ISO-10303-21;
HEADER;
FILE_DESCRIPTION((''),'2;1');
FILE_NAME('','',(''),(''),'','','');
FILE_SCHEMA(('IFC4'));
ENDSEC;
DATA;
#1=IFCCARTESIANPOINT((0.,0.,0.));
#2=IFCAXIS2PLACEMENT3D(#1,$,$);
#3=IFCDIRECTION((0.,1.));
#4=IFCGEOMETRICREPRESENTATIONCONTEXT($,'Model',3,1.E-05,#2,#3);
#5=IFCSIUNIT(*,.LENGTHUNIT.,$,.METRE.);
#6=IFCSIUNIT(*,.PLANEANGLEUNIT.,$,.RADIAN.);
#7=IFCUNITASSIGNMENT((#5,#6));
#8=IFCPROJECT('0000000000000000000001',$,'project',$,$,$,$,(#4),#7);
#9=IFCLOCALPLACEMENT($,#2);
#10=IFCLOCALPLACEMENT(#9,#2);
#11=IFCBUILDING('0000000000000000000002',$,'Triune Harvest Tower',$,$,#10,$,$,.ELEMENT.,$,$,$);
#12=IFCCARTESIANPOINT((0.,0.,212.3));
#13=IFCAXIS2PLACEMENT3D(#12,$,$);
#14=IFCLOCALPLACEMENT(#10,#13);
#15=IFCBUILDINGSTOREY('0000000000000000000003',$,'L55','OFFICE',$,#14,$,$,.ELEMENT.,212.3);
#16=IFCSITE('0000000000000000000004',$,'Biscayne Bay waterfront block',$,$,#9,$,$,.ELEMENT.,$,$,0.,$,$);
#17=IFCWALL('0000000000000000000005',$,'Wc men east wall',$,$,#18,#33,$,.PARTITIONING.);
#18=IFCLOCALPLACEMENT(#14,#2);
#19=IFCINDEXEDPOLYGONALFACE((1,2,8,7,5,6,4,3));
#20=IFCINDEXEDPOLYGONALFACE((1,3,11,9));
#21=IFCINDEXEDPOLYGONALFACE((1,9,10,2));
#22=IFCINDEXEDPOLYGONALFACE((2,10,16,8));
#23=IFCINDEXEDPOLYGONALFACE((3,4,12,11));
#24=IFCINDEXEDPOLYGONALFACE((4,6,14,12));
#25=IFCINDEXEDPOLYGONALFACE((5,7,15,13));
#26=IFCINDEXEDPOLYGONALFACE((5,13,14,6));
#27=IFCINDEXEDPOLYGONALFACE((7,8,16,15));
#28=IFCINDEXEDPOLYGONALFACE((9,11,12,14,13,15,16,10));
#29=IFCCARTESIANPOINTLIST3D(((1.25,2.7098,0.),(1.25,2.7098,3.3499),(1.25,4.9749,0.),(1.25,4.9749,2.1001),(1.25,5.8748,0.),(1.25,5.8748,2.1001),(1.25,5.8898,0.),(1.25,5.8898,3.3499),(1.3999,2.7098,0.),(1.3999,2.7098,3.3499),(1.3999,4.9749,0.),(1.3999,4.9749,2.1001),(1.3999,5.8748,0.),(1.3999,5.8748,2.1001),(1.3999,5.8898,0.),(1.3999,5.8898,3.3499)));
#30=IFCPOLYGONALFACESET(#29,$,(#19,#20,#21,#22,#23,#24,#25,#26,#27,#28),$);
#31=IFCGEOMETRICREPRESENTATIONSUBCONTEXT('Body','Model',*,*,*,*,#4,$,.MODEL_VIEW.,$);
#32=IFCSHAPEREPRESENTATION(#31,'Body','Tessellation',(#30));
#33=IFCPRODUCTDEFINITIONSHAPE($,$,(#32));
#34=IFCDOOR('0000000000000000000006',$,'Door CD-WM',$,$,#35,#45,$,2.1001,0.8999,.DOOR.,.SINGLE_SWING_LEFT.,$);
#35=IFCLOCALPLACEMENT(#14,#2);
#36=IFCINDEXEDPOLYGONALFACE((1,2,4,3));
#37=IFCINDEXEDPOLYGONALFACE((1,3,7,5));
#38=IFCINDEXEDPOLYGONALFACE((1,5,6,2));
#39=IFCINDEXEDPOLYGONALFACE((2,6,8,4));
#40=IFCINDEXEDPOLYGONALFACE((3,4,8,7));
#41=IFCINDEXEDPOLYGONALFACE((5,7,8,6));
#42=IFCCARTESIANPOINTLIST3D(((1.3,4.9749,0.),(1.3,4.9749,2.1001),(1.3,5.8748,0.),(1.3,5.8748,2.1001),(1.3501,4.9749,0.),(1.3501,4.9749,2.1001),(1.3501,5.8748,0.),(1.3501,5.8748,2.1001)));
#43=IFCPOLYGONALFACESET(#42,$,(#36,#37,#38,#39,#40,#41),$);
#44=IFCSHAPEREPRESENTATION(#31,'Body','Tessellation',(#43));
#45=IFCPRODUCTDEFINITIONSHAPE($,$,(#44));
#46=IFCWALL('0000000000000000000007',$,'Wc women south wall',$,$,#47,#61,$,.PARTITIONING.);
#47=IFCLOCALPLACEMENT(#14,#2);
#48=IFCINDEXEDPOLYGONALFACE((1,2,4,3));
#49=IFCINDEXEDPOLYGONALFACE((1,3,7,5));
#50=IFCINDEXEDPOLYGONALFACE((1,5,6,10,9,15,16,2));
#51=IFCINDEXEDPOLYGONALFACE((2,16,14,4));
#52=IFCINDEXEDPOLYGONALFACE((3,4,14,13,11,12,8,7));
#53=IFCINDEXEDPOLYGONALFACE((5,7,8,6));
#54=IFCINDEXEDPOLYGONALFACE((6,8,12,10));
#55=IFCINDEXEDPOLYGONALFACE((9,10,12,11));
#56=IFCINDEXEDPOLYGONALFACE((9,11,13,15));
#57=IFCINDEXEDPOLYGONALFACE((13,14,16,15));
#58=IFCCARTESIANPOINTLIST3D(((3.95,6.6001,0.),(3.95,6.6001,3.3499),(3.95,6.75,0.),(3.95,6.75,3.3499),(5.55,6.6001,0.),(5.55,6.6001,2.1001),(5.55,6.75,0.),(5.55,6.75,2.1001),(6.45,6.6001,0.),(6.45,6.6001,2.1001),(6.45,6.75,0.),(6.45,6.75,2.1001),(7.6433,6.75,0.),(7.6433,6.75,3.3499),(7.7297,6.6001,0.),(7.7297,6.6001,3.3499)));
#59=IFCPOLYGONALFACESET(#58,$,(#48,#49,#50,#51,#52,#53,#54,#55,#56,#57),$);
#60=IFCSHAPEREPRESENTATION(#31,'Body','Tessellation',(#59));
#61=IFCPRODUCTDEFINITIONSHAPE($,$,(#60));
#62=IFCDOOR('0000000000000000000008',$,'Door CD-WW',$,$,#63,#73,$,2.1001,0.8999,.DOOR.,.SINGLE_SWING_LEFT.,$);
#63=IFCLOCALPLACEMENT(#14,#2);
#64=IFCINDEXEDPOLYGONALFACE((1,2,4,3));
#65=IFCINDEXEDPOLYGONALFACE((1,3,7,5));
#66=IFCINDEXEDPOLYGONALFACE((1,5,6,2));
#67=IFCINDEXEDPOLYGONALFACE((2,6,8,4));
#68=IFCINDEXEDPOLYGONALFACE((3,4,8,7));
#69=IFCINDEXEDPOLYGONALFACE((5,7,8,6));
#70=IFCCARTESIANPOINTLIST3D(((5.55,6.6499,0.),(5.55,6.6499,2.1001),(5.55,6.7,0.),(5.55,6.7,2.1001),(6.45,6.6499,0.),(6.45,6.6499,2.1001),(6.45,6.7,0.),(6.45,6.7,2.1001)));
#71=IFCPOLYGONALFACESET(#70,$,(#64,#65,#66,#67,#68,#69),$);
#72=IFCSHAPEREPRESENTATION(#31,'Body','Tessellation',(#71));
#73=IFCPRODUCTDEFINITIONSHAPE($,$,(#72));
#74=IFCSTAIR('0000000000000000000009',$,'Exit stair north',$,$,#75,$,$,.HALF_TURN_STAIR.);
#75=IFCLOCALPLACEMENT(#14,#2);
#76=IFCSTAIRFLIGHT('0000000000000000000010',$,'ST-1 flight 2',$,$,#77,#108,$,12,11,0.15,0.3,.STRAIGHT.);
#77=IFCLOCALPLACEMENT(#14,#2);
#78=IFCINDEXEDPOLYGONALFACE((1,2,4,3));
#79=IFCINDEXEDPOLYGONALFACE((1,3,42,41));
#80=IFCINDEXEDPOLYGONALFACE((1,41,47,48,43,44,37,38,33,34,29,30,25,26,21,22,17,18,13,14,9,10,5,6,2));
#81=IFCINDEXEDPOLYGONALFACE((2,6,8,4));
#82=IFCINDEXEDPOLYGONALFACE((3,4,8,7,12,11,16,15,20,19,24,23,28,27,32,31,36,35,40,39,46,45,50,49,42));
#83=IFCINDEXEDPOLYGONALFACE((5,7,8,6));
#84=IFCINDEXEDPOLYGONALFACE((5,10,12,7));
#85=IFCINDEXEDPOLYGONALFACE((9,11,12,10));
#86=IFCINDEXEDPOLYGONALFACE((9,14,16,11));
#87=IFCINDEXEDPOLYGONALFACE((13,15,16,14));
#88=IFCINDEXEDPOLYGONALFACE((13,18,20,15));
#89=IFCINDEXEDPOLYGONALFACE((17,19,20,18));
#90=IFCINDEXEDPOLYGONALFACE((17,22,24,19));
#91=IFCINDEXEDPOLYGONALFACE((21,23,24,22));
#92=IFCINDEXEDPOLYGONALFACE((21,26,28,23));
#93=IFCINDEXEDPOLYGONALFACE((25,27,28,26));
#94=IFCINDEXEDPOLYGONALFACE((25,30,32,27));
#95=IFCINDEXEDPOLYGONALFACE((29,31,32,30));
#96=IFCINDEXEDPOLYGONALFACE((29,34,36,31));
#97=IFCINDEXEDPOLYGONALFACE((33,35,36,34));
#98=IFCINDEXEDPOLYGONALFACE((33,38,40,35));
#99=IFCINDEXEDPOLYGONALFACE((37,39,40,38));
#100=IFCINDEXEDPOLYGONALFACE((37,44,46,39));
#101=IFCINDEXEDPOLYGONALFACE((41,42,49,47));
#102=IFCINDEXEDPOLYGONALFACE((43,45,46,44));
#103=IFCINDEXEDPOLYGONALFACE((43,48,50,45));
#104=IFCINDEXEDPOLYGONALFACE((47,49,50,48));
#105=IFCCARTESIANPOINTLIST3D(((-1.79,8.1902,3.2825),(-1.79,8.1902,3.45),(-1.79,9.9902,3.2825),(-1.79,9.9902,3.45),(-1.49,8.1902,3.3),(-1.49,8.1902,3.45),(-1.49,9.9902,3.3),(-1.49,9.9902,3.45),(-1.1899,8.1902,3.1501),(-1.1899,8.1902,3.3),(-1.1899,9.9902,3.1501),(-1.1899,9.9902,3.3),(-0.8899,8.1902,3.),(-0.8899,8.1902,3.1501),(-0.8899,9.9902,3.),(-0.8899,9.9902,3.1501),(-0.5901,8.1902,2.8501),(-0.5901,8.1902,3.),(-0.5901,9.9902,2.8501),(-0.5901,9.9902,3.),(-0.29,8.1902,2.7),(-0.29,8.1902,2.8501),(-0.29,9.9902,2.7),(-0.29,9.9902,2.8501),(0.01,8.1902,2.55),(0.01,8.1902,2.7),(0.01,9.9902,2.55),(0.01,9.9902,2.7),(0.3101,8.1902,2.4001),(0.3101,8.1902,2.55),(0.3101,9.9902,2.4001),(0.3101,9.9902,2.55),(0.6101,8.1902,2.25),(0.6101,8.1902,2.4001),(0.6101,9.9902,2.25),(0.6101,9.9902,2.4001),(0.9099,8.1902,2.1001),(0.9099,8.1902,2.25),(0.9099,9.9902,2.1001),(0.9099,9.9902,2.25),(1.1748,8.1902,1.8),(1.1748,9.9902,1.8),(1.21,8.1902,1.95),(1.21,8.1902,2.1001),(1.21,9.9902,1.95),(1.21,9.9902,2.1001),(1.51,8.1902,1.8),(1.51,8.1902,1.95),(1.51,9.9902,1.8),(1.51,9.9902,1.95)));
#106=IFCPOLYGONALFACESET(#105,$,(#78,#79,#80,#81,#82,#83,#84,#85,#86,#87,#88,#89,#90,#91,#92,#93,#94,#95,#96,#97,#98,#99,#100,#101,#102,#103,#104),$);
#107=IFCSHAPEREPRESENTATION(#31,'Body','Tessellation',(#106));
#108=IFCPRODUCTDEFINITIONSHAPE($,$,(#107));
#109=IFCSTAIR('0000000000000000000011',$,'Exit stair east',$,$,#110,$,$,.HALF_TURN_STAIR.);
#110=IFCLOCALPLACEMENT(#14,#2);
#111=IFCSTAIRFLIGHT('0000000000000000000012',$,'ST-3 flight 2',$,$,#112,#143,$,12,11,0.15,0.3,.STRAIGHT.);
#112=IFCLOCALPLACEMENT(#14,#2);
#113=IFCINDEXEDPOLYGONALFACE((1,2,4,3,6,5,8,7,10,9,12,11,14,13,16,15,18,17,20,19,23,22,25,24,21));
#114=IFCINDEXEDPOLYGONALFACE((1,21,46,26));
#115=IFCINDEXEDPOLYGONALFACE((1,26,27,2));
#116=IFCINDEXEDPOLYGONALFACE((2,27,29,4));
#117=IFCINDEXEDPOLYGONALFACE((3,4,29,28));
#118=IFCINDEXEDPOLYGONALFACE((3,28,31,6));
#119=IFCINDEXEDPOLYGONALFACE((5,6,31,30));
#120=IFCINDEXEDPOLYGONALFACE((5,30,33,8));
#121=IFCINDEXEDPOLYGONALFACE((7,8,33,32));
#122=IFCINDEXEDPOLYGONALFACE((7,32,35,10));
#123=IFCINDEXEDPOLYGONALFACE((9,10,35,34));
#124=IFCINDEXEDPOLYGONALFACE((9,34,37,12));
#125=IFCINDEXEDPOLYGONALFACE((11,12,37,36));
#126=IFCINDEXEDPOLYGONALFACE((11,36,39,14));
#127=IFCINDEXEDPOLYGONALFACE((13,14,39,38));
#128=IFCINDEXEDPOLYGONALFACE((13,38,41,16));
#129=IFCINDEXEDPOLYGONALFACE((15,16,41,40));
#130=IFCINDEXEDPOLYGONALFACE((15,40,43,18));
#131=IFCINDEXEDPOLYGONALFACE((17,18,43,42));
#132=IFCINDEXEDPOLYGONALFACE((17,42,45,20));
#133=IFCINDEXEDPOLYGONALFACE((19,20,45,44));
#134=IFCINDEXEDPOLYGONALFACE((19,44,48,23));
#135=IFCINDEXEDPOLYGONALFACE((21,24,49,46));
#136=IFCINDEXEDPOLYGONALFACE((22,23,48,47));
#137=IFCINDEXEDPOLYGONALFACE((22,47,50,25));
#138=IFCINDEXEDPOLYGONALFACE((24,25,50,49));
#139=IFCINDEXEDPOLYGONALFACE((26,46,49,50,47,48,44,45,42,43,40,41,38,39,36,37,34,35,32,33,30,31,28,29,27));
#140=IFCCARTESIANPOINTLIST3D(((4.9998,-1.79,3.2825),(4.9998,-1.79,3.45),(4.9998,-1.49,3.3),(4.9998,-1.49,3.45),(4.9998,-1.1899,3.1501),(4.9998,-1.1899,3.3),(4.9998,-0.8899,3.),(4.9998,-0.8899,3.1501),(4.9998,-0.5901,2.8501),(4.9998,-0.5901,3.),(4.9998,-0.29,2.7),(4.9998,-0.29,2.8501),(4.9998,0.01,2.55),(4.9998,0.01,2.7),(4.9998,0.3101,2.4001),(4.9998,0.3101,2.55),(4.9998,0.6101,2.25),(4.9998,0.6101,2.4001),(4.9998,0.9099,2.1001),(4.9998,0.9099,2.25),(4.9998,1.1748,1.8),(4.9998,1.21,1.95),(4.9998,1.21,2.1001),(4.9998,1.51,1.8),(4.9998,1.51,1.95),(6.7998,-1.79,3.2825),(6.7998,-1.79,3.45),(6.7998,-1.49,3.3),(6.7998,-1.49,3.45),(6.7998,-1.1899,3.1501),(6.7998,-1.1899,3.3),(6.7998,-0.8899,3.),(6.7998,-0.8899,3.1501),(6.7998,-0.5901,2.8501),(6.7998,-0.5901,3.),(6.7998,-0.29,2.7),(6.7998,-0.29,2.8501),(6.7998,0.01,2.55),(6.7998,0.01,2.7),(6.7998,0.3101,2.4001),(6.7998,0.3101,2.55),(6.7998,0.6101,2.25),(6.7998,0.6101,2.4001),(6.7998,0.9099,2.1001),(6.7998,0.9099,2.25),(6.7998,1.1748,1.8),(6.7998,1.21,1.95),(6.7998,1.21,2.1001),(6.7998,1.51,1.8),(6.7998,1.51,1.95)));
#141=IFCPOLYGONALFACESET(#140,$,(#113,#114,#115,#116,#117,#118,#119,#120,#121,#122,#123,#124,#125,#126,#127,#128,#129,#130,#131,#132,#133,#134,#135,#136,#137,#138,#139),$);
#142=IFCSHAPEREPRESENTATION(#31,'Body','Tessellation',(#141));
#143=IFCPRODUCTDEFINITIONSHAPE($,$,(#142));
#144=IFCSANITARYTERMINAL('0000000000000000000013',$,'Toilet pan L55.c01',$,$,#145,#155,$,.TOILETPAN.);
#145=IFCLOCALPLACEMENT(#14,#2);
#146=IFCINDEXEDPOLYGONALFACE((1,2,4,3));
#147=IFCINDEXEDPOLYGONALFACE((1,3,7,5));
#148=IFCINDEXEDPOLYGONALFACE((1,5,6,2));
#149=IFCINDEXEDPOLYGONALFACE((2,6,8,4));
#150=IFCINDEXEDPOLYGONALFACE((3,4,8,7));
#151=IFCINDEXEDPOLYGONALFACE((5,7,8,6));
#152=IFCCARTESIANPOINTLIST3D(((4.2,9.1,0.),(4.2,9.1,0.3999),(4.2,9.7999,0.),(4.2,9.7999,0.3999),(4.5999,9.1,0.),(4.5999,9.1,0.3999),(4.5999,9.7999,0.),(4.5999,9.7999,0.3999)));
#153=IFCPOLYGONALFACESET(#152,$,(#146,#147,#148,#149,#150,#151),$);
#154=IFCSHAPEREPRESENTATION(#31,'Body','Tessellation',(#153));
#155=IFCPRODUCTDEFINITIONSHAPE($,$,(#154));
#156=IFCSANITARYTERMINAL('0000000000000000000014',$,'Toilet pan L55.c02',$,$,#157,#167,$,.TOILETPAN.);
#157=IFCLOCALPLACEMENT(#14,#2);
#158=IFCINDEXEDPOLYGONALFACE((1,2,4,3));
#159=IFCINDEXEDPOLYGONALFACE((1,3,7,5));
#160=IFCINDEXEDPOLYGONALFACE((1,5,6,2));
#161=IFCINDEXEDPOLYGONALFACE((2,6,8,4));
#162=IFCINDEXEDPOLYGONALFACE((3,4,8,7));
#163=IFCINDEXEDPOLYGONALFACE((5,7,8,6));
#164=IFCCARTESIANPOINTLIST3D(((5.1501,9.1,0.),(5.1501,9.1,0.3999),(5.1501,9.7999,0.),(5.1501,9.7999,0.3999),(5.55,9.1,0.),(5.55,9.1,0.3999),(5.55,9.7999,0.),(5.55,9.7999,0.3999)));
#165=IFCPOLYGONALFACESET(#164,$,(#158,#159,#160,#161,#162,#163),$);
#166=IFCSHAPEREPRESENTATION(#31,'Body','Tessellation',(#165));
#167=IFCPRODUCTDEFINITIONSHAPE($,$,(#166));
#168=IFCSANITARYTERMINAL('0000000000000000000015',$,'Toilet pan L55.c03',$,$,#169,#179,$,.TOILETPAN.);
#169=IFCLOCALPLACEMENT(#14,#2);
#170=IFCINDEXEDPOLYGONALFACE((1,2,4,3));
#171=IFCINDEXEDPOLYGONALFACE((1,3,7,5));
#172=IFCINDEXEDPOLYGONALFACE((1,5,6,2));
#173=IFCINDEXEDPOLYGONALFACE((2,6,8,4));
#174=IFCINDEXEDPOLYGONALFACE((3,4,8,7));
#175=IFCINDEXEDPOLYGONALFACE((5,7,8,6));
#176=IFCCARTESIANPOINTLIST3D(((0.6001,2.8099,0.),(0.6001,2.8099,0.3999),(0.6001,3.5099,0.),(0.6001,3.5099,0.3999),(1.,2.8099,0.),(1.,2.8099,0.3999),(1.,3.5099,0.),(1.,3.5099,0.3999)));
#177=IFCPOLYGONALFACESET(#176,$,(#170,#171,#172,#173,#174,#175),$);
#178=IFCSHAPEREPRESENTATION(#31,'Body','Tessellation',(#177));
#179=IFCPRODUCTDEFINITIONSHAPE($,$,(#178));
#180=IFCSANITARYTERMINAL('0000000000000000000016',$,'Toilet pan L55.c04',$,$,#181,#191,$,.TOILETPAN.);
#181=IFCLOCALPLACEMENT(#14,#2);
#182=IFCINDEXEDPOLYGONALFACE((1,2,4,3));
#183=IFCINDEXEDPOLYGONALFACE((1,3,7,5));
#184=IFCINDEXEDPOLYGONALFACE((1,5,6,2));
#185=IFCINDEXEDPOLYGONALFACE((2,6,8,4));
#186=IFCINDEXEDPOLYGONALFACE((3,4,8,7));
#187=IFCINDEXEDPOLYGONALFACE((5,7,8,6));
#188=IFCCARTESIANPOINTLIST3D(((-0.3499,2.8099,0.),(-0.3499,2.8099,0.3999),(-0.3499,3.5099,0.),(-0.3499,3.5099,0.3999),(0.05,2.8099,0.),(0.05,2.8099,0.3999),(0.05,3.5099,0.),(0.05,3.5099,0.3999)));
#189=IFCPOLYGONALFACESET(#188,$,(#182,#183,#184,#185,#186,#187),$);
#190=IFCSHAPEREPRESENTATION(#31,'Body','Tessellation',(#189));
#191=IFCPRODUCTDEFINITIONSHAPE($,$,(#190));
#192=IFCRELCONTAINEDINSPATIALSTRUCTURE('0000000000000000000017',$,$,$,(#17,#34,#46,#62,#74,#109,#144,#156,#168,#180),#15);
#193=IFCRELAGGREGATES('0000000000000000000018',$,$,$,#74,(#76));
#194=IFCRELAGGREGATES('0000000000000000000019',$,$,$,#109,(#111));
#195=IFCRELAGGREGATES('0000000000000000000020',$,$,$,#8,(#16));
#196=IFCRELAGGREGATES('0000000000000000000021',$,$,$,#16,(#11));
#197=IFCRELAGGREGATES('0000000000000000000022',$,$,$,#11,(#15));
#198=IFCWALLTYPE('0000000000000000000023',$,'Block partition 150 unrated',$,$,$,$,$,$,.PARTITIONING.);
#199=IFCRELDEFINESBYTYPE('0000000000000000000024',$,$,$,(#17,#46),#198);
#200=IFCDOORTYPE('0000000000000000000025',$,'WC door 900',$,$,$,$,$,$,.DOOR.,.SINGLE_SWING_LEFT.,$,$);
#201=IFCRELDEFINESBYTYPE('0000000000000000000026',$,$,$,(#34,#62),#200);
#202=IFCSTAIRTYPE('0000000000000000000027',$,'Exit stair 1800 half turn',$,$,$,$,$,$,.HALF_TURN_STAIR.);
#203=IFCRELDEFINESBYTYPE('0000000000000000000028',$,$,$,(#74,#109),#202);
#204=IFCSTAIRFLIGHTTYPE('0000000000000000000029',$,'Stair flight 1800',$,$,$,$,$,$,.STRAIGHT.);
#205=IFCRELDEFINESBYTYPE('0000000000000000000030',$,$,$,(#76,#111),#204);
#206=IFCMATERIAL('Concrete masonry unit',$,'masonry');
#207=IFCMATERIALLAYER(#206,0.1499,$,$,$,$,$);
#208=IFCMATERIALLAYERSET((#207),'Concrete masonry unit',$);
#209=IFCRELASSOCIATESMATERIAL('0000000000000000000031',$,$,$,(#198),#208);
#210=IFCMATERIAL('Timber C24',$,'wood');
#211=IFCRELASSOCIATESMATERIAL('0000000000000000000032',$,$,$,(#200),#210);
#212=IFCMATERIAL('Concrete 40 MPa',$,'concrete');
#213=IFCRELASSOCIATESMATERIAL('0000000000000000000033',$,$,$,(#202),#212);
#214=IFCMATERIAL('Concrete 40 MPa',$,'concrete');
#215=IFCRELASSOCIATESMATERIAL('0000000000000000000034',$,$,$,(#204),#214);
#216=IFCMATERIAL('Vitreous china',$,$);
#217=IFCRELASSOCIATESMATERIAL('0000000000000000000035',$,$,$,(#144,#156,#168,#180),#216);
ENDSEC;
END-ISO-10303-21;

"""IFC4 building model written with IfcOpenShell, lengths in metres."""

from ifc_helpers import new_model, si_unit, direction, frame, frame_2d, origin, origin_2d, place, context, subcontext, project, spatial, polyline, rectangle, outline, extrude, source, transform, mapped, material, layer, layer_set, type_object, element, fill, aggregate, save


model = new_model("IFC4")

# Units and contexts
model_context = context("Model", 3, precision=1e-05, world=origin(), true_north=direction((0.0, 1.0)))
body_context = subcontext(model_context, "Body", "Model", "MODEL_VIEW")
ifc_project = project(units=[si_unit("LENGTHUNIT", "METRE"), si_unit("PLANEANGLEUNIT", "RADIAN")], contexts=[model_context])

# Site, building, storey
site_placement = place(None, origin())
site = spatial("IfcSite", under=ifc_project, at=site_placement, Name="Biscayne Bay waterfront block", CompositionType="ELEMENT", RefElevation=0.0)
building_placement = place(site_placement, origin())
building = spatial("IfcBuilding", under=site, at=building_placement, Name="Triune Harvest Tower", CompositionType="ELEMENT")
storey_placement = place(building_placement, frame((0.0, 0.0, 212.3)))
storey = spatial("IfcBuildingStorey", under=building, at=storey_placement, Name="L55", Description="OFFICE", CompositionType="ELEMENT", Elevation=212.3)

# Walls, openings, doors
ifc_material_1 = material(Name="Concrete masonry unit", Category="masonry")
ifc_layer_1 = layer(ifc_material_1, 0.1499)
ifc_layer_set_1 = layer_set([ifc_layer_1], Name="Concrete masonry unit")
wall_type_1 = type_object("IfcWallType", Name="Block partition 150 unrated", PredefinedType="PARTITIONING", material=ifc_layer_set_1)
shared_shape_1 = source(origin(), body_context, "Body", "SweptSolid", [
    extrude(rectangle(XDim=3.1799, YDim=0.1499, at=frame_2d((1.5898, 0.0))), origin(), (0.0, 0.0, 1.0), 3.3499),
])
wall_1_placement = place(storey_placement, frame((1.325, 2.71, 0.0), z_axis=(0.0, 0.0, 1.0), x_axis=(0.0, 1.0, 0.0)))
wall_1 = element("IfcWall", 1, at=wall_1_placement, inside=storey, type_object=wall_type_1, Name="Wc men east wall", PredefinedType="PARTITIONING", context=body_context, shape_type="MappedRepresentation", body=[
    mapped(shared_shape_1, transform((0.0, 0.0, 0.0), scale=1.0)),
])
opening_1_placement = place(wall_1_placement, frame((2.2649, 0.0, 0.0)))
opening_1 = element("IfcOpeningElement", 2, at=opening_1_placement, cuts=wall_1, PredefinedType="OPENING", context=body_context, shape_type="SweptSolid", body=[
    extrude(rectangle(XDim=0.8999, YDim=2.1001, at=frame_2d((0.45, 1.05))), frame((0.0, 0.085, 0.0), z_axis=(0.0, -1.0, 0.0), x_axis=(1.0, 0.0, 0.0)), (0.0, 0.0, 1.0), 0.1699),
])
ifc_material_2 = material(Name="Timber C24", Category="wood")
door_type_1 = type_object("IfcDoorType", Name="WC door 900", OperationType="SINGLE_SWING_LEFT", PredefinedType="DOOR", material=ifc_material_2)
door_1_placement = place(opening_1_placement, origin())
door_1 = element("IfcDoor", 3, at=door_1_placement, inside=storey, type_object=door_type_1, Name="Door CD-WM", OperationType="SINGLE_SWING_LEFT", OverallHeight=2.1001, OverallWidth=0.8999, PredefinedType="DOOR", context=body_context, shape_type="SweptSolid", body=[
    extrude(rectangle(XDim=0.8999, YDim=2.1001, at=frame_2d((0.45, 1.05))), frame((0.0, 0.0249, 0.0), z_axis=(0.0, -1.0, 0.0), x_axis=(1.0, 0.0, 0.0)), (0.0, 0.0, 1.0), 0.05),
])
fill(opening_1, door_1)
shared_shape_2 = source(origin(), body_context, "Body", "SweptSolid", [
    extrude(outline(polyline([(0.0, -0.075), (0.0, 0.075), (3.6934, 0.075), (3.7798, -0.075), (0.0, -0.075)])), origin(), (0.0, 0.0, 1.0), 3.3499),
])
wall_2_placement = place(storey_placement, frame((3.95, 6.675, 0.0), z_axis=(0.0, 0.0, 1.0), x_axis=(1.0, 0.0, 0.0)))
wall_2 = element("IfcWall", 4, at=wall_2_placement, inside=storey, type_object=wall_type_1, Name="Wc women south wall", PredefinedType="PARTITIONING", context=body_context, shape_type="MappedRepresentation", body=[
    mapped(shared_shape_2, transform((0.0, 0.0, 0.0), scale=1.0)),
])
opening_2_placement = place(wall_2_placement, frame((1.6001, 0.0, 0.0)))
opening_2 = element("IfcOpeningElement", 5, at=opening_2_placement, cuts=wall_2, PredefinedType="OPENING", context=body_context, shape_type="SweptSolid", body=[
    extrude(rectangle(XDim=0.8999, YDim=2.1001, at=frame_2d((0.45, 1.05))), frame((0.0, 0.085, 0.0), z_axis=(0.0, -1.0, 0.0), x_axis=(1.0, 0.0, 0.0)), (0.0, 0.0, 1.0), 0.1699),
])
door_2_placement = place(opening_2_placement, origin())
door_2 = element("IfcDoor", 6, at=door_2_placement, inside=storey, type_object=door_type_1, Name="Door CD-WW", OperationType="SINGLE_SWING_LEFT", OverallHeight=2.1001, OverallWidth=0.8999, PredefinedType="DOOR", context=body_context, shape_type="SweptSolid", body=[
    extrude(rectangle(XDim=0.8999, YDim=2.1001, at=frame_2d((0.45, 1.05))), frame((0.0, 0.0249, 0.0), z_axis=(0.0, -1.0, 0.0), x_axis=(1.0, 0.0, 0.0)), (0.0, 0.0, 1.0), 0.05),
])
fill(opening_2, door_2)

# Stairs, stair flights
ifc_material_3 = material(Name="Concrete 40 MPa", Category="concrete")
stair_type = type_object("IfcStairType", Name="Exit stair 1800 half turn", PredefinedType="HALF_TURN_STAIR", material=ifc_material_3)
stair_1_placement = place(storey_placement, origin())
stair_1 = element("IfcStair", 7, at=stair_1_placement, inside=storey, type_object=stair_type, Name="Exit stair north", PredefinedType="HALF_TURN_STAIR")
ifc_material_4 = material(Name="Concrete 40 MPa", Category="concrete")
stair_flight_type = type_object("IfcStairFlightType", Name="Stair flight 1800", PredefinedType="STRAIGHT", material=ifc_material_4)
shared_shape_3 = source(origin(), body_context, "Body", "SweptSolid", [
    extrude(outline(polyline([(0.0, 0.0), (0.0, 0.1499), (0.3, 0.1499), (0.3, 0.3), (0.6001, 0.3), (0.6001, 0.45), (0.8999, 0.45), (0.8999, 0.6001), (1.2, 0.6001), (1.2, 0.75), (1.5, 0.75), (1.5, 0.8999), (1.8, 0.8999), (1.8, 1.05), (2.1001, 1.05), (2.1001, 1.2), (2.3999, 1.2), (2.3999, 1.3501), (2.7, 1.3501), (2.7, 1.5), (3.0, 1.5), (3.0, 1.6499), (3.3, 1.6499), (3.3, 1.8), (3.3, 1.4824), (0.3352, 0.0), (0.0, 0.0)])), frame((0.0, 0.8999, 0.0), z_axis=(0.0, -1.0, 0.0), x_axis=(1.0, 0.0, 0.0)), (0.0, 0.0, 1.0), 1.8),
])
stair_flight_1_placement = place(storey_placement, frame((1.51, 9.0901, 1.8), z_axis=(0.0, 0.0, 1.0), x_axis=(-1.0, 0.0, 0.0)))
stair_flight_1 = element("IfcStairFlight", 8, at=stair_flight_1_placement, type_object=stair_flight_type, Name="ST-1 flight 2", NumberOfRisers=12, NumberOfTreads=11, PredefinedType="STRAIGHT", RiserHeight=0.15, TreadLength=0.3, context=body_context, shape_type="MappedRepresentation", body=[
    mapped(shared_shape_3, transform((0.0, 0.0, 0.0), scale=1.0)),
])
aggregate(stair_1, [stair_flight_1])
stair_2_placement = place(storey_placement, origin())
stair_2 = element("IfcStair", 9, at=stair_2_placement, inside=storey, type_object=stair_type, Name="Exit stair east", PredefinedType="HALF_TURN_STAIR")
stair_flight_2_placement = place(storey_placement, frame((5.8999, 1.51, 1.8), z_axis=(0.0, 0.0, 1.0), x_axis=(0.0, -1.0, 0.0)))
stair_flight_2 = element("IfcStairFlight", 10, at=stair_flight_2_placement, type_object=stair_flight_type, Name="ST-3 flight 2", NumberOfRisers=12, NumberOfTreads=11, PredefinedType="STRAIGHT", RiserHeight=0.15, TreadLength=0.3, context=body_context, shape_type="MappedRepresentation", body=[
    mapped(shared_shape_3, transform((0.0, 0.0, 0.0), scale=1.0)),
])
aggregate(stair_2, [stair_flight_2])

# Sanitary terminals
ifc_material_5 = material(Name="Vitreous china")
shared_shape_4 = source(origin(), body_context, "Body", "SweptSolid", [
    extrude(rectangle(XDim=0.3999, YDim=0.7, at=origin_2d()), origin(), (0.0, 0.0, 1.0), 0.3999),
])
for number, where, z_axis, x_axis, name in (
    (11, (4.3999, 9.45, 0.0), (0.0, 0.0, 1.0), (1.0, 0.0, 0.0), "Toilet pan L55.c01"),
    (12, (5.3501, 9.45, 0.0), (0.0, 0.0, 1.0), (1.0, 0.0, 0.0), "Toilet pan L55.c02"),
    (13, (0.8, 3.1599, 0.0), (0.0, 0.0, 1.0), (-1.0, 0.0, 0.0), "Toilet pan L55.c03"),
    (14, (-0.1499, 3.1599, 0.0), (0.0, 0.0, 1.0), (-1.0, 0.0, 0.0), "Toilet pan L55.c04"),
):
    element("IfcSanitaryTerminal", number, at=place(storey_placement, frame(where, z_axis=z_axis, x_axis=x_axis)), inside=storey, material=ifc_material_5, Name=name, PredefinedType="TOILETPAN", context=body_context, shape_type="MappedRepresentation", body=[
        mapped(shared_shape_4, transform((0.0, 0.0, 0.0), scale=1.0)),
    ])

save(model, "model.ifc")
